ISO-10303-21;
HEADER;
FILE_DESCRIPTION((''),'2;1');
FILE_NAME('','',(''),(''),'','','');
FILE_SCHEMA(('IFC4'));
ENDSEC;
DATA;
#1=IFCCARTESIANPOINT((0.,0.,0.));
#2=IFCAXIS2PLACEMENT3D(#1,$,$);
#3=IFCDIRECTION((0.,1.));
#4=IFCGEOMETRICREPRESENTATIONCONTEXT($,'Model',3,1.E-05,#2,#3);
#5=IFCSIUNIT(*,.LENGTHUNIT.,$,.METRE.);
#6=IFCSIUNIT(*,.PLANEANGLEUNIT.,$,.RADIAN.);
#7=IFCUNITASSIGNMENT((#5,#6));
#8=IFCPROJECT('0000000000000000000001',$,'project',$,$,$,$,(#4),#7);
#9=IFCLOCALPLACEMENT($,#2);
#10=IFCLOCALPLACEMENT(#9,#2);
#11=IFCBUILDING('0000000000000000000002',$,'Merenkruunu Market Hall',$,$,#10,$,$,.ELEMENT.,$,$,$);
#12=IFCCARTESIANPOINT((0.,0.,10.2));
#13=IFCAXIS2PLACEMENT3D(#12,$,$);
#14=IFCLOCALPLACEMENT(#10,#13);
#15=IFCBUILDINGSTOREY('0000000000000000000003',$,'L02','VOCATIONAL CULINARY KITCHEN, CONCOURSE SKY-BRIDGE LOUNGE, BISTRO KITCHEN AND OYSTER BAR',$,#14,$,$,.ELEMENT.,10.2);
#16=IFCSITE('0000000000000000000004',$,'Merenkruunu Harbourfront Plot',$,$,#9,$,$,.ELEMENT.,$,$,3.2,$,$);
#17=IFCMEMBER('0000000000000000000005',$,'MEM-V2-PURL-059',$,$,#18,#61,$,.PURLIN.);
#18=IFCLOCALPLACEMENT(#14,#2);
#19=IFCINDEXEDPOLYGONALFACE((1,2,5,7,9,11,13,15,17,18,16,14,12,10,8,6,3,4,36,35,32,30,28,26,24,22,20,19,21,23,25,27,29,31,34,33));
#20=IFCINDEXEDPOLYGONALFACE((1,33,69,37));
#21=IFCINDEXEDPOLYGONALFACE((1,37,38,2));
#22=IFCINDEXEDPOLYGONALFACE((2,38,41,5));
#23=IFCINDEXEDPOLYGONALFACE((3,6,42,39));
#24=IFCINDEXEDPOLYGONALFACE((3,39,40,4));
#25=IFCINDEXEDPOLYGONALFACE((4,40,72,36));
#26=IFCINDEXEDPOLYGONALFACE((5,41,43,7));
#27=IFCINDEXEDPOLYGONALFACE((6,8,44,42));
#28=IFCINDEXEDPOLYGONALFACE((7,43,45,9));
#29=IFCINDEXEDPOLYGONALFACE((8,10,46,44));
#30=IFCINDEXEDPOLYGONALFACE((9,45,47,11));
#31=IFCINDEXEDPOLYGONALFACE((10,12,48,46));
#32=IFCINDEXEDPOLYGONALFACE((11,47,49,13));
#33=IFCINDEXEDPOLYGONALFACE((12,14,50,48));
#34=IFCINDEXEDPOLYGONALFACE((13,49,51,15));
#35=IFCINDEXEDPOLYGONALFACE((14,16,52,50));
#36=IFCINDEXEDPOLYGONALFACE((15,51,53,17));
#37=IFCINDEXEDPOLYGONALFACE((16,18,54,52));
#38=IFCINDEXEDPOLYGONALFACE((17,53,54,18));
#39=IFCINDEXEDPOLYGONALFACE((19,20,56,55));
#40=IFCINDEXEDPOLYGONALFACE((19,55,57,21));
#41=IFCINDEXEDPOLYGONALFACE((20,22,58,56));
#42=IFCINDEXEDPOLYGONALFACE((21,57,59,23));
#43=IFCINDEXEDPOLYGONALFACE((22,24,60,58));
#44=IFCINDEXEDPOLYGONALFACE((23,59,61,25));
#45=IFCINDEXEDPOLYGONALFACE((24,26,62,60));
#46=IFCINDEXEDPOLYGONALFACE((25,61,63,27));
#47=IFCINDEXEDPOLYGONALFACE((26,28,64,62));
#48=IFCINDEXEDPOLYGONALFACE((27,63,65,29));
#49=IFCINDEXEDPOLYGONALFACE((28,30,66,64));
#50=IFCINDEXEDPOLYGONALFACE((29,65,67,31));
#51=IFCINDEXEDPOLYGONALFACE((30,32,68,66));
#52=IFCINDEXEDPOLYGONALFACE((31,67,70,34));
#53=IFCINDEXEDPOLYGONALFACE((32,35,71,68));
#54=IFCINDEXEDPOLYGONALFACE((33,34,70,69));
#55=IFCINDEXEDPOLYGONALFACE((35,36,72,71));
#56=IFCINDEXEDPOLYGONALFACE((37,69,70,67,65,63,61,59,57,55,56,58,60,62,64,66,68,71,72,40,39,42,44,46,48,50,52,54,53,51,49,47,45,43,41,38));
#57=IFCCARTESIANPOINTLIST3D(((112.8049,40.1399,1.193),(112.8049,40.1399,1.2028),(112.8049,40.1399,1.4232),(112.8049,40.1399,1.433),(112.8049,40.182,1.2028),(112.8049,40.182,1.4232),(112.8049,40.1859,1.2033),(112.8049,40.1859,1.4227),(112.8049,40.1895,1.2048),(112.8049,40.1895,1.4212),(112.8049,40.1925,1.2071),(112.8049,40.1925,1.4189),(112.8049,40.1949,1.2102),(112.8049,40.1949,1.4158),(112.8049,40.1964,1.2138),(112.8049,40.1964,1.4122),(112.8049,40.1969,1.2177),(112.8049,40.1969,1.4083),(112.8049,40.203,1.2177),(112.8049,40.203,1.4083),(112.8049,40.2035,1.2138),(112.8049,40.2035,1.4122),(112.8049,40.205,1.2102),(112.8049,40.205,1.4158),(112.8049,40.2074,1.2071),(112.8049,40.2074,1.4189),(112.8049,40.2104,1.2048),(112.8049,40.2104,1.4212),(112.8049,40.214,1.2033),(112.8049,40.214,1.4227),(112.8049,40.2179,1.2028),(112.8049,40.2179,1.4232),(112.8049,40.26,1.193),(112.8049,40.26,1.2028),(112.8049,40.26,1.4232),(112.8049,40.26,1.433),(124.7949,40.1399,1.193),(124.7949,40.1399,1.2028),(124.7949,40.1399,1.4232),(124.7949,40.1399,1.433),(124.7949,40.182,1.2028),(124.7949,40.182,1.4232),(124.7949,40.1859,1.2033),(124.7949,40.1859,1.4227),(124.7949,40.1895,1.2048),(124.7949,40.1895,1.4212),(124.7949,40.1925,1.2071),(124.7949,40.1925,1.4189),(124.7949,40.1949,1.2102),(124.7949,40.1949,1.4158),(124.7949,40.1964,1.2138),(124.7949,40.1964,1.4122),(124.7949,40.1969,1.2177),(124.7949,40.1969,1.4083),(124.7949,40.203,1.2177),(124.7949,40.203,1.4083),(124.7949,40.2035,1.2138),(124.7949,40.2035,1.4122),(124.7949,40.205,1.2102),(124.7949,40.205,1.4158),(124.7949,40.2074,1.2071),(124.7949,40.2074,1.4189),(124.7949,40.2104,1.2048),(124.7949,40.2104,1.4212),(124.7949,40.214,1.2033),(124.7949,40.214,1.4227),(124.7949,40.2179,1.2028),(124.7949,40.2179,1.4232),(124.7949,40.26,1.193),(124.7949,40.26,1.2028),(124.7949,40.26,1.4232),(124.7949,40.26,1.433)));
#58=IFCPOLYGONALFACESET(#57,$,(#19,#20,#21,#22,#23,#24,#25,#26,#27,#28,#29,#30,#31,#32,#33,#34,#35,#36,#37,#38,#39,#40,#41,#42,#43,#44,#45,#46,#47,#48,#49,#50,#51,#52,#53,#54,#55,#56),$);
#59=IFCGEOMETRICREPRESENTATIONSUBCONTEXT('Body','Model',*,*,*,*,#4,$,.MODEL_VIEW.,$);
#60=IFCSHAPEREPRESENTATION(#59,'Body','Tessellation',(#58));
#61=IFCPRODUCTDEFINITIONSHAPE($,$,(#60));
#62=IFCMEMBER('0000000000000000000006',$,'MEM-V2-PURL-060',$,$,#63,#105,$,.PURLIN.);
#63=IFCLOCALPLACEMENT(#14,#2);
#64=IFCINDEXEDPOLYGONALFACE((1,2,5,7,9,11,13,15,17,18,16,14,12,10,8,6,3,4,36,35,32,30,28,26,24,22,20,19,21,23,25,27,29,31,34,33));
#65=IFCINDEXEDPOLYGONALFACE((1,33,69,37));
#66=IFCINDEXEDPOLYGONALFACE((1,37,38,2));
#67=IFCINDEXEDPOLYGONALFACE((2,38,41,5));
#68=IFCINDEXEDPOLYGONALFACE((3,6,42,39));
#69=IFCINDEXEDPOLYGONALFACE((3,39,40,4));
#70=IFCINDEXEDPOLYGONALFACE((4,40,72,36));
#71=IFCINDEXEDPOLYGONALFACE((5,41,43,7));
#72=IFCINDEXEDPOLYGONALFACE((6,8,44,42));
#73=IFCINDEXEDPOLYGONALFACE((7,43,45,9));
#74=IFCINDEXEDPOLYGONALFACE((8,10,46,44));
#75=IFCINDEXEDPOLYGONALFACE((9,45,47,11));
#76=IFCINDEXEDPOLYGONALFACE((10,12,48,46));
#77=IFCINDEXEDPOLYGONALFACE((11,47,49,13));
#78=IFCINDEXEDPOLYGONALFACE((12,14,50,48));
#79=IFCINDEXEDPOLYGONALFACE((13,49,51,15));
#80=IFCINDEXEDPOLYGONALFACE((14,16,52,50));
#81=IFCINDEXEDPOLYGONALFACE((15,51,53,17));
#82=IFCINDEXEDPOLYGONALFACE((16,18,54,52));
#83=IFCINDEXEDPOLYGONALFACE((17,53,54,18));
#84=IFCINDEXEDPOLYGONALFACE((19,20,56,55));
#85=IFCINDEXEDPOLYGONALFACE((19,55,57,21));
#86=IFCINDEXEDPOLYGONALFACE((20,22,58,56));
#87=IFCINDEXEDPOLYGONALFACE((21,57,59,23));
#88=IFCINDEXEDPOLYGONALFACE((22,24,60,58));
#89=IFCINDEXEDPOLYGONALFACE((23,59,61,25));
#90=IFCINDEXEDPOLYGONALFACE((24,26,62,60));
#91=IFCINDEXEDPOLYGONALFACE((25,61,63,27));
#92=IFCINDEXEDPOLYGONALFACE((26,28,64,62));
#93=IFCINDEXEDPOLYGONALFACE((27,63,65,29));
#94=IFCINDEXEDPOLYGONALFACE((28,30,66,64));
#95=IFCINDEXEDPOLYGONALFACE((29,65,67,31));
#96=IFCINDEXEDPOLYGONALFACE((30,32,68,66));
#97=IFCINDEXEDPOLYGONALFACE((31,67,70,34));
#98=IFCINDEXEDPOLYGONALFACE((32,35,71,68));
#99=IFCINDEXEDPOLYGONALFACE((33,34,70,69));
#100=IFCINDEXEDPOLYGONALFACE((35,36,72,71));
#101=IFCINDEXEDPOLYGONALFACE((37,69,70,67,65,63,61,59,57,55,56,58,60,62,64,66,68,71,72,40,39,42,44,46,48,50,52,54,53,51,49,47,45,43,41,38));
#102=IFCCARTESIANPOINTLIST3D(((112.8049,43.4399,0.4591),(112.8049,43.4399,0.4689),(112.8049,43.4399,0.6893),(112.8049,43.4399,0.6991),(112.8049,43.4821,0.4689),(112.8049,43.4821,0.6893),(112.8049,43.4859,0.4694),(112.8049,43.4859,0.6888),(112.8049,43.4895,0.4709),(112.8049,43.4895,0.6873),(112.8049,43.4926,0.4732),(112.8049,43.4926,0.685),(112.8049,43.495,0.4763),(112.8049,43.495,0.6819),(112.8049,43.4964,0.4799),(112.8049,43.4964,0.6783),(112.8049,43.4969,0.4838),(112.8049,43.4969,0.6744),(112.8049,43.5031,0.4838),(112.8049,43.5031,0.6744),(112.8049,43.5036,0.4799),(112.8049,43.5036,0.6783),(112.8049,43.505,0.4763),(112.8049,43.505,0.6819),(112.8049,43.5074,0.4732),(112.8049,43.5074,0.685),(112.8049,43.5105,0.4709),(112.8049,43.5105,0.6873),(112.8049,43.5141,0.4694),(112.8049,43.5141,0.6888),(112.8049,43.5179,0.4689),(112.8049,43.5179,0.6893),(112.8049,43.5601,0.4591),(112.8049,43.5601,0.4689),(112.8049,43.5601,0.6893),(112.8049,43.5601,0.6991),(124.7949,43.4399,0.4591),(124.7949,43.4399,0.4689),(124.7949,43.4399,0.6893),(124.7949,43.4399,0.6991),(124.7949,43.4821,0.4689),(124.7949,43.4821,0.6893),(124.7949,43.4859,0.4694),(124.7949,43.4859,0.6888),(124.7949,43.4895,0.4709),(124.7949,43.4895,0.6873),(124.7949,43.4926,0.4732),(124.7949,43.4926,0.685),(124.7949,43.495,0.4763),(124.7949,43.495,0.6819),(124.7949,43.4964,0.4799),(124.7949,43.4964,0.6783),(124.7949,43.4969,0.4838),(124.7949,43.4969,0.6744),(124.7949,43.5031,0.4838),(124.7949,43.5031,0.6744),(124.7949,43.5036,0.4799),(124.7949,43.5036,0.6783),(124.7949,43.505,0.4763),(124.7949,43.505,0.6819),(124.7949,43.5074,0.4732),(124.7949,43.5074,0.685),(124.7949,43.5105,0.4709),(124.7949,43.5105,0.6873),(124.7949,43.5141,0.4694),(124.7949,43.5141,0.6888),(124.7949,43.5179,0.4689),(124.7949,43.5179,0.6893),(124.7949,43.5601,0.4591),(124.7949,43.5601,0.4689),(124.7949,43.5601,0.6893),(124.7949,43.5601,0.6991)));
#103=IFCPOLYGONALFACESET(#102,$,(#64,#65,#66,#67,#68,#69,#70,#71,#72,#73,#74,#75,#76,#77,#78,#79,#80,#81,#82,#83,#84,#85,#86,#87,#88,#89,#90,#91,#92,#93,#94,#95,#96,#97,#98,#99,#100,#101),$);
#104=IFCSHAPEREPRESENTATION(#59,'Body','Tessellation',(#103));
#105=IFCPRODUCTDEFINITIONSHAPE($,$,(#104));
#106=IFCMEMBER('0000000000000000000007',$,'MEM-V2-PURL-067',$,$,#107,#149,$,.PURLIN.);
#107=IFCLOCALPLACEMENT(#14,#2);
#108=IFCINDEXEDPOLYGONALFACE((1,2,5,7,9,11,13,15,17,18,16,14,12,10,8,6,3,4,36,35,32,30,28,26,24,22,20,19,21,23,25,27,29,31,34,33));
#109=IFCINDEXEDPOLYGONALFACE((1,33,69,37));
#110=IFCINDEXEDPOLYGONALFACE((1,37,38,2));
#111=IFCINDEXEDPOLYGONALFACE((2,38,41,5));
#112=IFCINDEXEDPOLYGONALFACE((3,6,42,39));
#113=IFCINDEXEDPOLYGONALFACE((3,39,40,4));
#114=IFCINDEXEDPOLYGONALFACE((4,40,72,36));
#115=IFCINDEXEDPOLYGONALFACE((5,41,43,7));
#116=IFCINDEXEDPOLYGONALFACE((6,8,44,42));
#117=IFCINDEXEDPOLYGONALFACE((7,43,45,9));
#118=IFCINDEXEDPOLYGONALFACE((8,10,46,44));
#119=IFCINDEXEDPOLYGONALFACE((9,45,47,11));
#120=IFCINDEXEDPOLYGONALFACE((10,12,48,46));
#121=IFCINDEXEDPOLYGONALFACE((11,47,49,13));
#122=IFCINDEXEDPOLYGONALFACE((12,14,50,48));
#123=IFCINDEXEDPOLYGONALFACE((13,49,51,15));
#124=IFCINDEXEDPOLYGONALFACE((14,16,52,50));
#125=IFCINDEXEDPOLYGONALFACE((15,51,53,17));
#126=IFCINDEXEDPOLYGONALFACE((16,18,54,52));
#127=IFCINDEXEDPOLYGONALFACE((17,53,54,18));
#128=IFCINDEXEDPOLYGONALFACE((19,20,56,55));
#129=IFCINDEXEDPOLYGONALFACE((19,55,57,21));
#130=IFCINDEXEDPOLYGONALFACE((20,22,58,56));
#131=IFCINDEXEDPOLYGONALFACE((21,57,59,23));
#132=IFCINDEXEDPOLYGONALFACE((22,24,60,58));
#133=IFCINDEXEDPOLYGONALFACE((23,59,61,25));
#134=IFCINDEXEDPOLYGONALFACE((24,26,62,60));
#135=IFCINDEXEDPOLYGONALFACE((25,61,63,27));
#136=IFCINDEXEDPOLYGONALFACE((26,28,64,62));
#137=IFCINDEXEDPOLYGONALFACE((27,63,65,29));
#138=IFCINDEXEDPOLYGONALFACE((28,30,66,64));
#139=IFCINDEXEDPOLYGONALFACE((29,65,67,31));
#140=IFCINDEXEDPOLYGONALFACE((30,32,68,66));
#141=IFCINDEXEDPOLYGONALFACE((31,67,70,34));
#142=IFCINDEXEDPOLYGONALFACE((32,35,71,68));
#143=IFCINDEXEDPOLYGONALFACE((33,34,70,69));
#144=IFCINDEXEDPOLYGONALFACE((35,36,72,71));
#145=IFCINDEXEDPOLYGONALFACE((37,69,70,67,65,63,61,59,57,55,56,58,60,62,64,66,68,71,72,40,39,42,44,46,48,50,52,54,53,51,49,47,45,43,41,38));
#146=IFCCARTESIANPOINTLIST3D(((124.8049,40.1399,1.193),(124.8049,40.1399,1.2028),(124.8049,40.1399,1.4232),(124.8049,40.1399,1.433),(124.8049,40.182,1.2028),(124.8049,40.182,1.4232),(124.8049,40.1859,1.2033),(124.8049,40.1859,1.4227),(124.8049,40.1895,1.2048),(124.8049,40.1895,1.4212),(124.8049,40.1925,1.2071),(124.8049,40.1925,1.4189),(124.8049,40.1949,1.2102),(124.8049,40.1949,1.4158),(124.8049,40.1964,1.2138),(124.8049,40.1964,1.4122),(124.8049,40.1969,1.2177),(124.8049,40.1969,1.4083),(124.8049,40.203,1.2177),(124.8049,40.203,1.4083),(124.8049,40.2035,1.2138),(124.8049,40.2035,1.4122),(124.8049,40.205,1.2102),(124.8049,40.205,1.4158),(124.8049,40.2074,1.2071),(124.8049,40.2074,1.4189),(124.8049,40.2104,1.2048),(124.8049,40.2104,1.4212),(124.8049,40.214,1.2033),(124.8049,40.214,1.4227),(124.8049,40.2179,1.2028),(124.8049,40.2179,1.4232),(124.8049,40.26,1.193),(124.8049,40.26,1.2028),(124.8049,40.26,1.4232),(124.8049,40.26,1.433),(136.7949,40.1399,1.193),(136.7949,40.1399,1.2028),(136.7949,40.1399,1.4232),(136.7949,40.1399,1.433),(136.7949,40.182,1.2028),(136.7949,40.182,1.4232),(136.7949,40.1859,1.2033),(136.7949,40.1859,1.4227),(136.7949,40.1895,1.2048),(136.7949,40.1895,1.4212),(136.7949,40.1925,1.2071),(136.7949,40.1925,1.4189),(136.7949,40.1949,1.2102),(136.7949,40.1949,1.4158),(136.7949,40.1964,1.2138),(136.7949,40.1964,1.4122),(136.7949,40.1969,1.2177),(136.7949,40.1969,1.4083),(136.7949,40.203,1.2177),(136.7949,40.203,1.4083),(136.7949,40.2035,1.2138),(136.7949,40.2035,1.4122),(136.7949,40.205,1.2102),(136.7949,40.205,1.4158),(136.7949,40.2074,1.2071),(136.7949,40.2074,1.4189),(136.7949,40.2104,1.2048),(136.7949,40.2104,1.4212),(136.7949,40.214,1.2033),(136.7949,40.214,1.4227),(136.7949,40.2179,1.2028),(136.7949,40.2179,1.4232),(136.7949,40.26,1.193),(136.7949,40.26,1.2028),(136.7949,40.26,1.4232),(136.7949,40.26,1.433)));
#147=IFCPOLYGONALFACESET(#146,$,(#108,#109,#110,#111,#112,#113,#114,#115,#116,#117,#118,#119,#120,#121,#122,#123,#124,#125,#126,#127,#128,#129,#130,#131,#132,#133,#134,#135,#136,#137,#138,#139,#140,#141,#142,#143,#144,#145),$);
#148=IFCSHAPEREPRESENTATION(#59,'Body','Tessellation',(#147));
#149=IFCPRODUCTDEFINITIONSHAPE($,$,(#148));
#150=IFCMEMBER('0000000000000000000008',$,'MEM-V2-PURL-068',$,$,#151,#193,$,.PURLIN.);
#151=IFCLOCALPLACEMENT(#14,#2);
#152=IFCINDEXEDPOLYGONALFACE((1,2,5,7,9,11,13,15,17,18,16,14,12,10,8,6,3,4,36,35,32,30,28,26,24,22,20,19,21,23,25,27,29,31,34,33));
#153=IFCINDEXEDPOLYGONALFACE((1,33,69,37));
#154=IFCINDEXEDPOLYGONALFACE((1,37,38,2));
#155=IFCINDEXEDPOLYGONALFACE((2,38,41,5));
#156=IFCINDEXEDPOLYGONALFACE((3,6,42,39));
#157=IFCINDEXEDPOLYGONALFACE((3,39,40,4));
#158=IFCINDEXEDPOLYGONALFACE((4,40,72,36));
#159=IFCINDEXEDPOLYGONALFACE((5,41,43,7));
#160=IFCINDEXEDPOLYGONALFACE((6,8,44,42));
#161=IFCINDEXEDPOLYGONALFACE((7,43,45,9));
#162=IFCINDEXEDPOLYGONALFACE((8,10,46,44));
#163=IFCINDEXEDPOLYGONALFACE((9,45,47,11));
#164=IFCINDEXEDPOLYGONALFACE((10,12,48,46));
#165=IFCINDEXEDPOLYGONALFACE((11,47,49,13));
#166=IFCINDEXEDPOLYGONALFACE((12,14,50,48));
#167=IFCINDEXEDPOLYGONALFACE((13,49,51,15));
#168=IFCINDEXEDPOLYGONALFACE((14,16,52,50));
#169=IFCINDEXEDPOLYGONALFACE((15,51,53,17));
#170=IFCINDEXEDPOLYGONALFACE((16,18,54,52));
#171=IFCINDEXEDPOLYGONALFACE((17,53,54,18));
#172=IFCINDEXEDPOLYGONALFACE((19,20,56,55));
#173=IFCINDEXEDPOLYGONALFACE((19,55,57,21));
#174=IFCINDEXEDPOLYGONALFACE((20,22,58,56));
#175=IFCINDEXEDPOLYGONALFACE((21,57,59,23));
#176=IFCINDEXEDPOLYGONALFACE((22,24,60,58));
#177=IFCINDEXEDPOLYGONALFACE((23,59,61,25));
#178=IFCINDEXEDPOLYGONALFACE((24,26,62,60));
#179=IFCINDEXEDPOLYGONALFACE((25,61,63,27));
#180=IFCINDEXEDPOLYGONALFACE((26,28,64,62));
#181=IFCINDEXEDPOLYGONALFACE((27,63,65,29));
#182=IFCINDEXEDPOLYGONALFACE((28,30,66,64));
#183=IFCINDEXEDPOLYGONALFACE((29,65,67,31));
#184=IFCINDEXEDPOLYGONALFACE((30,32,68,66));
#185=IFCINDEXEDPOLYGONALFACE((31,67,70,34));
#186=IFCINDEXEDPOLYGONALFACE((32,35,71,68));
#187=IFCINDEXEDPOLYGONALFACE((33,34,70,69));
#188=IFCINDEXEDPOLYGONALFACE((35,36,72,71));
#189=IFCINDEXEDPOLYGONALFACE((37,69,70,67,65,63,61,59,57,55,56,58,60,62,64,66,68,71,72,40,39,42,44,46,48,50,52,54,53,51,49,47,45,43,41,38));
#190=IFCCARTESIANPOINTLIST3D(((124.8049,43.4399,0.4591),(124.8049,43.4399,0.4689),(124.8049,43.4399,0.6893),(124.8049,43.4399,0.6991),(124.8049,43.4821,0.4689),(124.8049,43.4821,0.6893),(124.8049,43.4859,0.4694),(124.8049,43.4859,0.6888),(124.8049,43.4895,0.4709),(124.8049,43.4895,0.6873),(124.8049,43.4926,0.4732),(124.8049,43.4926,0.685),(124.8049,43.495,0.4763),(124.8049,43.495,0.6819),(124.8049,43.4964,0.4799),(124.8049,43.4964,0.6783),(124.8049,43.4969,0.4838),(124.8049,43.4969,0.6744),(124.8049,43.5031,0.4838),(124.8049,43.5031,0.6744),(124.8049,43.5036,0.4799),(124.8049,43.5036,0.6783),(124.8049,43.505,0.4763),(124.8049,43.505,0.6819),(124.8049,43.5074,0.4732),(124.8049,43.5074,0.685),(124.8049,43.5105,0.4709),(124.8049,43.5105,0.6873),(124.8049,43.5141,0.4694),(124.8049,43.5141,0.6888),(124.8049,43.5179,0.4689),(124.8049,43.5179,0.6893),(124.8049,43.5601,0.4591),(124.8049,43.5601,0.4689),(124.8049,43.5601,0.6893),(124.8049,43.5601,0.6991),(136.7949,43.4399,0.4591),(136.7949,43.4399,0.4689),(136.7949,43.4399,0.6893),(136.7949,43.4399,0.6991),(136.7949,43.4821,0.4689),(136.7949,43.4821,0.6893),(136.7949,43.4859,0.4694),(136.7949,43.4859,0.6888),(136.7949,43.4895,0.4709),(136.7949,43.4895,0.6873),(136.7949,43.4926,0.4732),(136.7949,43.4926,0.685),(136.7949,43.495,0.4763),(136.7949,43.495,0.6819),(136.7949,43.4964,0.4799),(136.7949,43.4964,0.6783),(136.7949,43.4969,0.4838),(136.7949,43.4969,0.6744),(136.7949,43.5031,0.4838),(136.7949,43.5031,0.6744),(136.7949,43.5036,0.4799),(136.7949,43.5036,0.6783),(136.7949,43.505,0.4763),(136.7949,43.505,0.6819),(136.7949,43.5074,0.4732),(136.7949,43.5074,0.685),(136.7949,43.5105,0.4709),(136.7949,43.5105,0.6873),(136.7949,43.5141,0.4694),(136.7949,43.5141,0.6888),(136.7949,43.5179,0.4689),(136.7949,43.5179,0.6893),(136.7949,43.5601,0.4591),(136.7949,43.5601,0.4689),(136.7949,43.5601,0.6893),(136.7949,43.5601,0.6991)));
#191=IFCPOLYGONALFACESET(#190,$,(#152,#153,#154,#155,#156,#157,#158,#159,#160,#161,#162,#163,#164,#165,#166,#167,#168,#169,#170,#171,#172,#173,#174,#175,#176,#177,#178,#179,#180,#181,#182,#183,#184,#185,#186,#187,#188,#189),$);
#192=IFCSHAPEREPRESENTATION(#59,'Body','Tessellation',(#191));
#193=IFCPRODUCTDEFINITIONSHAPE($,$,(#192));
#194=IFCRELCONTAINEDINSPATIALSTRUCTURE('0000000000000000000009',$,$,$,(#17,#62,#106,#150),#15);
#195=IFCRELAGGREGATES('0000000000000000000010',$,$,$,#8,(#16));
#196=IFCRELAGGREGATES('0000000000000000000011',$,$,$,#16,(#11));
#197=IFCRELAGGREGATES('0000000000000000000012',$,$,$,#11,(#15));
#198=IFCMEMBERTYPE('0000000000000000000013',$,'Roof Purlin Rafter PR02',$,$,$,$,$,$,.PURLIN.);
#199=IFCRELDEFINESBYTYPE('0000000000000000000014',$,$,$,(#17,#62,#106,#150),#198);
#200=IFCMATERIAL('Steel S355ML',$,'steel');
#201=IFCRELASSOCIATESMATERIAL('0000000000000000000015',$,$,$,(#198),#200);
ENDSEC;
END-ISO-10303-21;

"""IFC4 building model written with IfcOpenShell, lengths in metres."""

from ifc_helpers import new_model, si_unit, direction, frame, origin, origin_2d, place, context, subcontext, project, spatial, i_section, extrude, material, material_profile, profile_set, type_object, element, save


model = new_model("IFC4")

# Units and contexts
model_context = context("Model", 3, precision=1e-05, world=origin(), true_north=direction((0.0, 1.0)))
body_context = subcontext(model_context, "Body", "Model", "MODEL_VIEW")
ifc_project = project(units=[si_unit("LENGTHUNIT", "METRE"), si_unit("PLANEANGLEUNIT", "RADIAN")], contexts=[model_context])

# Site, building, storey
site_placement = place(None, origin())
site = spatial("IfcSite", under=ifc_project, at=site_placement, Name="Merenkruunu Harbourfront Plot", CompositionType="ELEMENT", RefElevation=3.2)
building_placement = place(site_placement, origin())
building = spatial("IfcBuilding", under=site, at=building_placement, Name="Merenkruunu Market Hall", CompositionType="ELEMENT")
storey_placement = place(building_placement, frame((0.0, 0.0, 10.2)))
storey = spatial("IfcBuildingStorey", under=building, at=storey_placement, Name="L02", Description="VOCATIONAL CULINARY KITCHEN, CONCOURSE SKY-BRIDGE LOUNGE, BISTRO KITCHEN AND OYSTER BAR", CompositionType="ELEMENT", Elevation=10.2)

# Members
ifc_material_1 = material(Name="Steel S355ML", Category="steel")
ifc_material_profile_1 = material_profile(ifc_material_1, i_section(OverallWidth=0.1201, OverallDepth=0.24, WebThickness=0.0061, FlangeThickness=0.0098, FilletRadius=0.0149, at=origin_2d()), Name="IPE 240")
ifc_profile_set_1 = profile_set([ifc_material_profile_1], Name="Steel S355ML")
member_type_1 = type_object("IfcMemberType", Name="Roof Purlin Rafter PR02", PredefinedType="PURLIN", material=ifc_profile_set_1)
for number, where, z_axis, x_axis, name in (
    (1, (112.8049, 40.2, 1.313), (1.0, 0.0, 0.0), (0.0, 1.0, 0.0), "MEM-V2-PURL-059"),
    (2, (112.8049, 43.5, 0.5791), (1.0, 0.0, 0.0), (0.0, 1.0, 0.0), "MEM-V2-PURL-060"),
    (3, (124.8049, 40.2, 1.313), (1.0, 0.0, 0.0), (0.0, 1.0, 0.0), "MEM-V2-PURL-067"),
    (4, (124.8049, 43.5, 0.5791), (1.0, 0.0, 0.0), (0.0, 1.0, 0.0), "MEM-V2-PURL-068"),
):
    element("IfcMember", number, at=place(storey_placement, frame(where, z_axis=z_axis, x_axis=x_axis)), inside=storey, type_object=member_type_1, Name=name, PredefinedType="PURLIN", context=body_context, shape_type="SweptSolid", body=[
        extrude(i_section(OverallWidth=0.1201, OverallDepth=0.24, WebThickness=0.0061, FlangeThickness=0.0098, FilletRadius=0.0149, at=origin_2d()), origin(), (0.0, 0.0, 1.0), 11.99),
    ])

save(model, "model.ifc")
